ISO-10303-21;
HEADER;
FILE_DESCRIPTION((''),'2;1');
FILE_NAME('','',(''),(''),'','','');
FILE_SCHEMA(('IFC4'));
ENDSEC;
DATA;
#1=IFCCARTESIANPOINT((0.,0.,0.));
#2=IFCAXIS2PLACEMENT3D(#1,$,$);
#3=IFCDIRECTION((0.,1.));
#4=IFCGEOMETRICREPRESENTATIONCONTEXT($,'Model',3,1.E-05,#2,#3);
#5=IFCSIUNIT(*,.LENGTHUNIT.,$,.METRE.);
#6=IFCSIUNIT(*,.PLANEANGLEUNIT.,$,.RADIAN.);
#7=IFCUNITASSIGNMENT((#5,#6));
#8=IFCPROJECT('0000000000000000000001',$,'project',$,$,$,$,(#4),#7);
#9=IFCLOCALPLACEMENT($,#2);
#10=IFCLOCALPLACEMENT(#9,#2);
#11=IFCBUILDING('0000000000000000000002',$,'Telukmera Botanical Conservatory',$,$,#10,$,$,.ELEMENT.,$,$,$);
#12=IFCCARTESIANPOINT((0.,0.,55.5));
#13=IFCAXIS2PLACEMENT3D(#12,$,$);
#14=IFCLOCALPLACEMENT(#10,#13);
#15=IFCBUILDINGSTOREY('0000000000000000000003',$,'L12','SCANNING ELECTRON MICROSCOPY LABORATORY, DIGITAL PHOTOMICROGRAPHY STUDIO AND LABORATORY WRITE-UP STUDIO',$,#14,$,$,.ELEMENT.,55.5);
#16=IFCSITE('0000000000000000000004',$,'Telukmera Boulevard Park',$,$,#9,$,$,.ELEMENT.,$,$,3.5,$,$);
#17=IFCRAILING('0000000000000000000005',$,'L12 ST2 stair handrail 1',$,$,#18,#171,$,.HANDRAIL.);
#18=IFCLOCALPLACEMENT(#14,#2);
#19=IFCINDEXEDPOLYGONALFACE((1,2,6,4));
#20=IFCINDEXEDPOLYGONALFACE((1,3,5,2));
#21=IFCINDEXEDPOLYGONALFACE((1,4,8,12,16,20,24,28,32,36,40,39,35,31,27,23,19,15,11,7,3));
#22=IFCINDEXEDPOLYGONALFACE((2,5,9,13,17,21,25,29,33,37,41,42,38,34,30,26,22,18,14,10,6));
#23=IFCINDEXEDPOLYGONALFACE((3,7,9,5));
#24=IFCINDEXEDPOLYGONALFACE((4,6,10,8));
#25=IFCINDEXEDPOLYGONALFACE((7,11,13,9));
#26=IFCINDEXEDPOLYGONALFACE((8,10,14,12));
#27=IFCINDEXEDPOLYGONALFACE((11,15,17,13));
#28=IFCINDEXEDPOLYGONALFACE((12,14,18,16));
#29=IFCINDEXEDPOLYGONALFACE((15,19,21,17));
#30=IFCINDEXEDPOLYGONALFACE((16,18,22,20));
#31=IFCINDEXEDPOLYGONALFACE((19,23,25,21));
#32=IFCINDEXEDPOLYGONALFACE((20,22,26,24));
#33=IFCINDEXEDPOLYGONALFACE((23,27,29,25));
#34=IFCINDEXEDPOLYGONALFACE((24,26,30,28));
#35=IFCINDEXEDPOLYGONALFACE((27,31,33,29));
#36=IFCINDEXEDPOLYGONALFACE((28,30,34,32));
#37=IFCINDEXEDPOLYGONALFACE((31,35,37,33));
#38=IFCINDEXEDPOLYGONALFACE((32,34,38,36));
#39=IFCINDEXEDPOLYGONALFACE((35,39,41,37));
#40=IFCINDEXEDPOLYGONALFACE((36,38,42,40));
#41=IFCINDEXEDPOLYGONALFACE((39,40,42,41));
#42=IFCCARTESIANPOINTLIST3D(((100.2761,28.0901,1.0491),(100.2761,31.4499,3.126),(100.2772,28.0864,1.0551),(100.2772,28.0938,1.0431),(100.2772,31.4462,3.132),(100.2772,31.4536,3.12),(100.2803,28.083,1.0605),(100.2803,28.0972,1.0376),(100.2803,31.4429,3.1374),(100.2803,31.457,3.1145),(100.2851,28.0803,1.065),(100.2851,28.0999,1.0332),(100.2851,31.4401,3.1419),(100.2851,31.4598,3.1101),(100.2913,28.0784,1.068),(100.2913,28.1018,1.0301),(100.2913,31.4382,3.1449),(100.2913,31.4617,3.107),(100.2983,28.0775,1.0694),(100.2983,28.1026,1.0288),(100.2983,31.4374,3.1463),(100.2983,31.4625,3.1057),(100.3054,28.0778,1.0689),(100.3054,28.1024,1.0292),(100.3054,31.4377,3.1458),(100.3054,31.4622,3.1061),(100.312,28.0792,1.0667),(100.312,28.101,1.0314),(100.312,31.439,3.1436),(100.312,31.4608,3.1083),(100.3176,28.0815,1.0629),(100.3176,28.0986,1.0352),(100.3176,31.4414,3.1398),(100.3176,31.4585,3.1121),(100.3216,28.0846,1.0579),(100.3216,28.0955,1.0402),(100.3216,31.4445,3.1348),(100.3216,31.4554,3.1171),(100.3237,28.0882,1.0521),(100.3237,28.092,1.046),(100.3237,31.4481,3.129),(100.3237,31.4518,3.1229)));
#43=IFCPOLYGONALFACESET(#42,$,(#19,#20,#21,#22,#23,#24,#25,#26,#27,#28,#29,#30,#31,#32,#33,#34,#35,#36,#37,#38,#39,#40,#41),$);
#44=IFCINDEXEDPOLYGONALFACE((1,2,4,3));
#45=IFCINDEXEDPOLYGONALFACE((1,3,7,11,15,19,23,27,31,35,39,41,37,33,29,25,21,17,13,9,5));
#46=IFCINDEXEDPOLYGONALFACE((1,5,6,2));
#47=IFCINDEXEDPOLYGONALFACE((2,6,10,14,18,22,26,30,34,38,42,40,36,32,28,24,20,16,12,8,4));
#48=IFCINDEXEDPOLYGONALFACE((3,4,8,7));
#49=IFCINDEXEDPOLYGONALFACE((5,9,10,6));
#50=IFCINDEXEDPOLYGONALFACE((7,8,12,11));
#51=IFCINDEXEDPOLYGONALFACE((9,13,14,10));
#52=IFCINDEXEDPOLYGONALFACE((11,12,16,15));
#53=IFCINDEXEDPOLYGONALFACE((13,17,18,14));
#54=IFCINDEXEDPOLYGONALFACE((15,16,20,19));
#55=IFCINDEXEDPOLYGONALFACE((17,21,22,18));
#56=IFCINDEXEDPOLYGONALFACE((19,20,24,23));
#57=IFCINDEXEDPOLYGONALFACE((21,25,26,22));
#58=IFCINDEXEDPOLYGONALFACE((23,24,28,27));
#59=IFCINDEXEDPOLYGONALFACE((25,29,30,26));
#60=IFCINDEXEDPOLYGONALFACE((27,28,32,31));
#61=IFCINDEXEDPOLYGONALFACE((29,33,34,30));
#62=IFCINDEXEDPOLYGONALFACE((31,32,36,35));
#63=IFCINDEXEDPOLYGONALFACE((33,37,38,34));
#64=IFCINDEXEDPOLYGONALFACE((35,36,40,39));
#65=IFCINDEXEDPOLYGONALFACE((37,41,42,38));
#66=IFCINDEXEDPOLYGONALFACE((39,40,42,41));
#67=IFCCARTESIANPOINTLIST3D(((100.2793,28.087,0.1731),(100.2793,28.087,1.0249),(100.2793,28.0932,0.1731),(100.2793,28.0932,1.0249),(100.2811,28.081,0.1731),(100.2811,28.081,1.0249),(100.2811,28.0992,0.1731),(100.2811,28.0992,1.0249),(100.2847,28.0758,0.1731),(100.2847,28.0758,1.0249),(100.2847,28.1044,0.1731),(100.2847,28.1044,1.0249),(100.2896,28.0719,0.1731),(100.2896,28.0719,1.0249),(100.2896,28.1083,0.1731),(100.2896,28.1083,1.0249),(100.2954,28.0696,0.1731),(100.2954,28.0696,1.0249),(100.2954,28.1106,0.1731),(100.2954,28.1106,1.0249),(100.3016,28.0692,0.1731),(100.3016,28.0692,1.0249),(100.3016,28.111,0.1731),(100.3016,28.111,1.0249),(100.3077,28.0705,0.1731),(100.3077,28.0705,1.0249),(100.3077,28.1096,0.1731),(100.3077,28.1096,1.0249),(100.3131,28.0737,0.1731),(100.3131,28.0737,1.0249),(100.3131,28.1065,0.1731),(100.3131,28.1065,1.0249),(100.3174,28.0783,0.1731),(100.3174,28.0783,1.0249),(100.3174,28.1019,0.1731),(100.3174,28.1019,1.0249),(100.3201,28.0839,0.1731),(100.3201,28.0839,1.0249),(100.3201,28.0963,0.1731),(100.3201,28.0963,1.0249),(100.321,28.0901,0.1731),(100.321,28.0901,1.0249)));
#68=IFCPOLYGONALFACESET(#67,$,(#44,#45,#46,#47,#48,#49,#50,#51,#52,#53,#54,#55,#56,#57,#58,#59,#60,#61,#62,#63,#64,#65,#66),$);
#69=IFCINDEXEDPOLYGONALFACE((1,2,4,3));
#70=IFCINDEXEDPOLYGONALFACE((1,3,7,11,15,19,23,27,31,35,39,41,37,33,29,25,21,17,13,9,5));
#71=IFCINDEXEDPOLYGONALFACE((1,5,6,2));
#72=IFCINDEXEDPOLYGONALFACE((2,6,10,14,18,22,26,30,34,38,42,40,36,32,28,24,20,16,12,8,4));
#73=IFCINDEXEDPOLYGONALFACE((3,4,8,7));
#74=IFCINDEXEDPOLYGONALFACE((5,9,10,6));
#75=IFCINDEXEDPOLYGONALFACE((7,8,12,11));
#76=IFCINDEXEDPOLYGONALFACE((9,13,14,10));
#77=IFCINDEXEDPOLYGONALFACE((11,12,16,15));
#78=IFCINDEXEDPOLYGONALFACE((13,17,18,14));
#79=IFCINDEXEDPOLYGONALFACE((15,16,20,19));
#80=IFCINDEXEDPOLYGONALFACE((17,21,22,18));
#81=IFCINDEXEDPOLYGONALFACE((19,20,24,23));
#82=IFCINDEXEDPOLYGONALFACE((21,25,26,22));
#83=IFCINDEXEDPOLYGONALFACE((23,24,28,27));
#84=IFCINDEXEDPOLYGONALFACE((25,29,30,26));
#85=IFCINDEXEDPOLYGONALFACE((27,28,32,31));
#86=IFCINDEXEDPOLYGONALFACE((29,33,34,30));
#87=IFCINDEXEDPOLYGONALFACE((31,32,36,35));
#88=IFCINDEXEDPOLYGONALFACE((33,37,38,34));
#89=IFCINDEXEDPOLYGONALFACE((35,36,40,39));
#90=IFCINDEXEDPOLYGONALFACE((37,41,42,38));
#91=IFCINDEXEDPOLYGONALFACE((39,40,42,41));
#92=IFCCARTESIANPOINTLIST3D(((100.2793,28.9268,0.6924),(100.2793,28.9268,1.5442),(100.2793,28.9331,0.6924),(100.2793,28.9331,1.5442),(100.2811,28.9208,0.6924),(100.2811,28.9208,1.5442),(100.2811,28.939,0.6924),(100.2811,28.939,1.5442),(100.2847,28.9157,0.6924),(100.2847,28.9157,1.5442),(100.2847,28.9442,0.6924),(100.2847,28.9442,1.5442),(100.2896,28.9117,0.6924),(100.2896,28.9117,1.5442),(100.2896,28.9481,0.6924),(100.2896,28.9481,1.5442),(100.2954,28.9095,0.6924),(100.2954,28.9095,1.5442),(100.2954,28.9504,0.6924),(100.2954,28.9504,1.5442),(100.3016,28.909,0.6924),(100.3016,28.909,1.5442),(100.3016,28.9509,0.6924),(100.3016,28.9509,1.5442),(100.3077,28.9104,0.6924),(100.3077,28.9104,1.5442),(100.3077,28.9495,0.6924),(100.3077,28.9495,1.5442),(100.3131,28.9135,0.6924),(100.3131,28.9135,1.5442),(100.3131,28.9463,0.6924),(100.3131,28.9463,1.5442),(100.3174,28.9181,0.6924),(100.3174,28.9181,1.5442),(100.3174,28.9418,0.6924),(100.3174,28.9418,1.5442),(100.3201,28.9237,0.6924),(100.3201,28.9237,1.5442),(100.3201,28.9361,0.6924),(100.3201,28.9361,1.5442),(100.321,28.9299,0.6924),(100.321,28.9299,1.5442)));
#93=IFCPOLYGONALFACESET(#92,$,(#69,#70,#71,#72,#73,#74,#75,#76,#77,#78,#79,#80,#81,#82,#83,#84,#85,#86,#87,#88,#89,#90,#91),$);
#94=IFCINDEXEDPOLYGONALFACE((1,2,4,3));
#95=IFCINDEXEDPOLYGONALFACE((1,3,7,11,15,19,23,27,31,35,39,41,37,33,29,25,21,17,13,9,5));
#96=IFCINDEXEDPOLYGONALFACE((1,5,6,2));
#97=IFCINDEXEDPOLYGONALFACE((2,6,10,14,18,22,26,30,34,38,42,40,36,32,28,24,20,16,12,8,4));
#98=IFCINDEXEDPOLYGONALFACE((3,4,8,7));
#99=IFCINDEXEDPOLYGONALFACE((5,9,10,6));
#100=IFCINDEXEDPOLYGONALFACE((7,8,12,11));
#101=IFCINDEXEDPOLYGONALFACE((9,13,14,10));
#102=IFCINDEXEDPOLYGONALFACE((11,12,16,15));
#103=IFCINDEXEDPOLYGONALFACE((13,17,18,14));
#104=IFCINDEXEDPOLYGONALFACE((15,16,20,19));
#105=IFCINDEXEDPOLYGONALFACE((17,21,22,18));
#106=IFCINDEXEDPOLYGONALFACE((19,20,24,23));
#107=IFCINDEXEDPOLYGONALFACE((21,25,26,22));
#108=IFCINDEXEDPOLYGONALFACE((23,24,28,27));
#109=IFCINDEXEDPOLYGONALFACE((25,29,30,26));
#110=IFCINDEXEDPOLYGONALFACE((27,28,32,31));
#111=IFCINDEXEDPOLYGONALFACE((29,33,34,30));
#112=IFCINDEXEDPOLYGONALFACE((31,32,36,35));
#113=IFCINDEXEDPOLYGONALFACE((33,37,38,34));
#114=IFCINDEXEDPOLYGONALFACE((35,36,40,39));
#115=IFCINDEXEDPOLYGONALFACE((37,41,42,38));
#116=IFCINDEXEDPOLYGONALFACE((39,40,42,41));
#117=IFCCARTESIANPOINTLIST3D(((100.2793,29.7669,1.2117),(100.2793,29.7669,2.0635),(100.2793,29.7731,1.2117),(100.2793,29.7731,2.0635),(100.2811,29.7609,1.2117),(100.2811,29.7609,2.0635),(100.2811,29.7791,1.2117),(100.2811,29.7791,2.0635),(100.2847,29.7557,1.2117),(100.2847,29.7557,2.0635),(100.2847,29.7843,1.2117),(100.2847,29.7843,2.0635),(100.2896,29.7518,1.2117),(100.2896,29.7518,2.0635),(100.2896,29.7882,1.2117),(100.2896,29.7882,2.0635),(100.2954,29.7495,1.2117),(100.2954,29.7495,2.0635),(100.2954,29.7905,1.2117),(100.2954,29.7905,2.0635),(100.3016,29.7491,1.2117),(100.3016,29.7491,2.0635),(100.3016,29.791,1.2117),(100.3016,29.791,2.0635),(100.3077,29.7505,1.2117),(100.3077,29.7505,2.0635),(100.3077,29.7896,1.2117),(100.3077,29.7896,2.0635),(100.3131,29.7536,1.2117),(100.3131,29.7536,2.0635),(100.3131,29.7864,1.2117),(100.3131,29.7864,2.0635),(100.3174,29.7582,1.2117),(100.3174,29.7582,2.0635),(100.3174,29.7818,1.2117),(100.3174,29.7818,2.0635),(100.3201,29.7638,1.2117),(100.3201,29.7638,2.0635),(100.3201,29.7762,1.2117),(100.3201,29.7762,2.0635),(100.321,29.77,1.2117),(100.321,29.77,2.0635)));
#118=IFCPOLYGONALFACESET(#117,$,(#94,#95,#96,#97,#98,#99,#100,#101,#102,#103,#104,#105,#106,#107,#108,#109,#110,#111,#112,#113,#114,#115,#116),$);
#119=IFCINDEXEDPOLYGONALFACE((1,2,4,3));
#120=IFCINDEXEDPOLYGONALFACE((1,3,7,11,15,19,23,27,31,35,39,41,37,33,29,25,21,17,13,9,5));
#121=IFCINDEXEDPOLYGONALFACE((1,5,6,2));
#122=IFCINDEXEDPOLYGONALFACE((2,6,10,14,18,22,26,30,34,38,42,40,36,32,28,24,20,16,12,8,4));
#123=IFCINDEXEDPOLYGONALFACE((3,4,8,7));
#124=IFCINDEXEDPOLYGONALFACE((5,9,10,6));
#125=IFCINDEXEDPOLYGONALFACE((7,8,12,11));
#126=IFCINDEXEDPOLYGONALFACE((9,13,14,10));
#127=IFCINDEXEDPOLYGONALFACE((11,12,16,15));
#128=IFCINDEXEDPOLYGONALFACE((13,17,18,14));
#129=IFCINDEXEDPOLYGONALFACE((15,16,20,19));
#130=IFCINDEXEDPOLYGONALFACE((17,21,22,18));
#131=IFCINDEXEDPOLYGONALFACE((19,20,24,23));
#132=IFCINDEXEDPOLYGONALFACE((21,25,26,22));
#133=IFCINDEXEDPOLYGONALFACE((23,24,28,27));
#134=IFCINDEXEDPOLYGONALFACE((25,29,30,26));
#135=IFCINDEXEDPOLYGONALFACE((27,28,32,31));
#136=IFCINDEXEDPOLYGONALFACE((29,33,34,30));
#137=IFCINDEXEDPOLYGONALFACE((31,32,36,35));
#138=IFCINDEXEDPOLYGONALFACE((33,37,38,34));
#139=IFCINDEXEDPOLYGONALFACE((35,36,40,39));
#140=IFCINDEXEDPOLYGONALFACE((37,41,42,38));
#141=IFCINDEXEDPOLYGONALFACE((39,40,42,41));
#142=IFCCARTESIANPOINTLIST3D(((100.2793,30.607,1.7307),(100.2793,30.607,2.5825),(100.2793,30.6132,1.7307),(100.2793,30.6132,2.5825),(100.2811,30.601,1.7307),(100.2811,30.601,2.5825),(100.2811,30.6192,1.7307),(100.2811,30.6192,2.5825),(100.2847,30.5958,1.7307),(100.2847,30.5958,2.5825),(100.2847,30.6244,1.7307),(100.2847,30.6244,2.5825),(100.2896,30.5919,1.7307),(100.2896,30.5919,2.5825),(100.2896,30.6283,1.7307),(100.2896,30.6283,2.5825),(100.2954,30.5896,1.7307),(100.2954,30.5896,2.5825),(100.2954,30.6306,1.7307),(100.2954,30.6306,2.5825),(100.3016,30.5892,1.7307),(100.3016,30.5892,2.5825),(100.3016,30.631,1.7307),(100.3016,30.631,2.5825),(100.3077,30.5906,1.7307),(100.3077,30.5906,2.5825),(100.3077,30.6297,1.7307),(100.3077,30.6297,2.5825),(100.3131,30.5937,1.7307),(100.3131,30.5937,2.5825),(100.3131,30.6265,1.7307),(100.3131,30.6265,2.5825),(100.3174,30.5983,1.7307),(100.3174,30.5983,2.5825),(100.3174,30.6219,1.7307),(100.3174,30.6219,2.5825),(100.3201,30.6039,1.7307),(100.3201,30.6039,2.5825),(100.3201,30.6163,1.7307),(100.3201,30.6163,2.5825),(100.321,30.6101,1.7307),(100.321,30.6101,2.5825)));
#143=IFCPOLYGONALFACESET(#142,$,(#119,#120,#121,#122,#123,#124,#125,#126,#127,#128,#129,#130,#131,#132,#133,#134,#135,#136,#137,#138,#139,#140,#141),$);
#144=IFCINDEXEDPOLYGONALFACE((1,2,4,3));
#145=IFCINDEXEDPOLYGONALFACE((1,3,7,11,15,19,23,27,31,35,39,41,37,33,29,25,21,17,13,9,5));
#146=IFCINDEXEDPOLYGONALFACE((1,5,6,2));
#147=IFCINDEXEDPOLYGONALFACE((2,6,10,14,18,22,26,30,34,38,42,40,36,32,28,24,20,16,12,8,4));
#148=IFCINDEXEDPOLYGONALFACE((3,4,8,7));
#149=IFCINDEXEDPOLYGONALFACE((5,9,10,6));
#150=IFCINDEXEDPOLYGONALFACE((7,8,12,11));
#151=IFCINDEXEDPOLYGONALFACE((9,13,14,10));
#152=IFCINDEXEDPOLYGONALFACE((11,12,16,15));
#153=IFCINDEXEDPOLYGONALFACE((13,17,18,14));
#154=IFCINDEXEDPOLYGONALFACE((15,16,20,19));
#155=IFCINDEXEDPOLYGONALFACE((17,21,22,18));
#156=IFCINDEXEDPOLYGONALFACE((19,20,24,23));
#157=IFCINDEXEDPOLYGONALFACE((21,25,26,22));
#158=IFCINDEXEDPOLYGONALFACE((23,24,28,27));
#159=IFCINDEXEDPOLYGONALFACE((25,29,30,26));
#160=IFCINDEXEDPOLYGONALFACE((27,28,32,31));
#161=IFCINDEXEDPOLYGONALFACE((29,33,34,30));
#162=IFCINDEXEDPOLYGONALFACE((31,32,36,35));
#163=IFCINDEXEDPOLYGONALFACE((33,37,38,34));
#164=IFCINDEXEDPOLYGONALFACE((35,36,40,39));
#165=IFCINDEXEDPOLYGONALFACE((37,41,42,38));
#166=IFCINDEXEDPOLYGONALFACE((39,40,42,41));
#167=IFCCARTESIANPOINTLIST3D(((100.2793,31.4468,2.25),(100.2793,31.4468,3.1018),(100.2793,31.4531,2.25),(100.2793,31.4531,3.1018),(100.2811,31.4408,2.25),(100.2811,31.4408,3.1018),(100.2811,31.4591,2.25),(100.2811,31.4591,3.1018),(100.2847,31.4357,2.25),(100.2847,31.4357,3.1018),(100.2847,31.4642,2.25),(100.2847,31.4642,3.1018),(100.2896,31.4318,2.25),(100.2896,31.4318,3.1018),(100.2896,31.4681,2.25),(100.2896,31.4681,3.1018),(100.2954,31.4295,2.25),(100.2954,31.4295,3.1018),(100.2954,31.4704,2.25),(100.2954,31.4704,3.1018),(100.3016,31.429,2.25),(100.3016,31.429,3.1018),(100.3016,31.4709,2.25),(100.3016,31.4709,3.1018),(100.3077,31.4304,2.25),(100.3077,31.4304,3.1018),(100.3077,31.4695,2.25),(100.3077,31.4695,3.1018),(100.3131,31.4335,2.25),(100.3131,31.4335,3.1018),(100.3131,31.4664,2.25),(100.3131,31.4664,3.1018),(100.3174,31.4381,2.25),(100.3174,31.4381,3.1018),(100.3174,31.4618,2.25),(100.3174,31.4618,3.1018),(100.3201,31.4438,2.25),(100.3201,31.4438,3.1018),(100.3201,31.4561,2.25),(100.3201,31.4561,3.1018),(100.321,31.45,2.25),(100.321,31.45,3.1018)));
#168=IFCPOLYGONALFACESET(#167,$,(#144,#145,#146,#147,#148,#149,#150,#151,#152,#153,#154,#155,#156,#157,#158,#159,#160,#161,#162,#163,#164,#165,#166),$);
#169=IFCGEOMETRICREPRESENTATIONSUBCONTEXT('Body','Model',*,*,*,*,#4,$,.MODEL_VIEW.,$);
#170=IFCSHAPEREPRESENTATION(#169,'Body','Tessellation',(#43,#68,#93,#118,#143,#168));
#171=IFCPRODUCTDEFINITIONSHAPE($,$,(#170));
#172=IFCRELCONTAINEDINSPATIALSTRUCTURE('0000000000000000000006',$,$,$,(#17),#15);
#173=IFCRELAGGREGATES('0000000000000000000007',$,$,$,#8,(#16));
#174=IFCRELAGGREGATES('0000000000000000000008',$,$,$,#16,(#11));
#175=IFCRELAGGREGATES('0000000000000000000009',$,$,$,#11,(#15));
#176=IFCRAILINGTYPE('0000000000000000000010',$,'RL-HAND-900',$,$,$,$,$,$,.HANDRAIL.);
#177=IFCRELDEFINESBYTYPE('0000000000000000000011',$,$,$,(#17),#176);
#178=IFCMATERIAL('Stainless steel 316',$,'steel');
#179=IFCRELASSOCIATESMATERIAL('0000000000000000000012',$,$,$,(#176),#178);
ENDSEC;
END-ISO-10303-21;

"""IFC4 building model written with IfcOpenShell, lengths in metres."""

from ifc_helpers import new_model, si_unit, direction, frame, origin, origin_2d, place, context, subcontext, project, spatial, circle, extrude, material, type_object, element, save


model = new_model("IFC4")

# Units and contexts
model_context = context("Model", 3, precision=1e-05, world=origin(), true_north=direction((0.0, 1.0)))
body_context = subcontext(model_context, "Body", "Model", "MODEL_VIEW")
ifc_project = project(units=[si_unit("LENGTHUNIT", "METRE"), si_unit("PLANEANGLEUNIT", "RADIAN")], contexts=[model_context])

# Site, building, storey
site_placement = place(None, origin())
site = spatial("IfcSite", under=ifc_project, at=site_placement, Name="Telukmera Boulevard Park", CompositionType="ELEMENT", RefElevation=3.5)
building_placement = place(site_placement, origin())
building = spatial("IfcBuilding", under=site, at=building_placement, Name="Telukmera Botanical Conservatory", CompositionType="ELEMENT")
storey_placement = place(building_placement, frame((0.0, 0.0, 55.5)))
storey = spatial("IfcBuildingStorey", under=building, at=storey_placement, Name="L12", Description="SCANNING ELECTRON MICROSCOPY LABORATORY, DIGITAL PHOTOMICROGRAPHY STUDIO AND LABORATORY WRITE-UP STUDIO", CompositionType="ELEMENT", Elevation=55.5)

# Railing
ifc_material_1 = material(Name="Stainless steel 316", Category="steel")
railing_type_1 = type_object("IfcRailingType", Name="RL-HAND-900", PredefinedType="HANDRAIL", material=ifc_material_1)
railing_1_placement = place(storey_placement, frame((100.3, 28.0901, 0.1731)))
element("IfcRailing", 1, at=railing_1_placement, inside=storey, type_object=railing_type_1, Name="L12 ST2 stair handrail 1", PredefinedType="HANDRAIL", context=body_context, shape_type="SweptSolid", body=[
    extrude(circle(Radius=0.0239, at=origin_2d()), frame((0.0, 0.0, 0.876), z_axis=(0.0, 0.850606, 0.525803), x_axis=(-1.0, 0.0, 0.0)), (0.0, 0.0, 1.0), 3.95),
    extrude(circle(Radius=0.021, at=origin_2d()), origin(), (0.0, 0.0, 1.0), 0.8518),
    extrude(circle(Radius=0.021, at=origin_2d()), frame((0.0, 0.8398, 0.5193)), (0.0, 0.0, 1.0), 0.8518),
    extrude(circle(Radius=0.021, at=origin_2d()), frame((0.0, 1.6799, 1.0386)), (0.0, 0.0, 1.0), 0.8518),
    extrude(circle(Radius=0.021, at=origin_2d()), frame((0.0, 2.52, 1.5576)), (0.0, 0.0, 1.0), 0.8518),
    extrude(circle(Radius=0.021, at=origin_2d()), frame((0.0, 3.3599, 2.0769)), (0.0, 0.0, 1.0), 0.8518),
])

save(model, "model.ifc")
